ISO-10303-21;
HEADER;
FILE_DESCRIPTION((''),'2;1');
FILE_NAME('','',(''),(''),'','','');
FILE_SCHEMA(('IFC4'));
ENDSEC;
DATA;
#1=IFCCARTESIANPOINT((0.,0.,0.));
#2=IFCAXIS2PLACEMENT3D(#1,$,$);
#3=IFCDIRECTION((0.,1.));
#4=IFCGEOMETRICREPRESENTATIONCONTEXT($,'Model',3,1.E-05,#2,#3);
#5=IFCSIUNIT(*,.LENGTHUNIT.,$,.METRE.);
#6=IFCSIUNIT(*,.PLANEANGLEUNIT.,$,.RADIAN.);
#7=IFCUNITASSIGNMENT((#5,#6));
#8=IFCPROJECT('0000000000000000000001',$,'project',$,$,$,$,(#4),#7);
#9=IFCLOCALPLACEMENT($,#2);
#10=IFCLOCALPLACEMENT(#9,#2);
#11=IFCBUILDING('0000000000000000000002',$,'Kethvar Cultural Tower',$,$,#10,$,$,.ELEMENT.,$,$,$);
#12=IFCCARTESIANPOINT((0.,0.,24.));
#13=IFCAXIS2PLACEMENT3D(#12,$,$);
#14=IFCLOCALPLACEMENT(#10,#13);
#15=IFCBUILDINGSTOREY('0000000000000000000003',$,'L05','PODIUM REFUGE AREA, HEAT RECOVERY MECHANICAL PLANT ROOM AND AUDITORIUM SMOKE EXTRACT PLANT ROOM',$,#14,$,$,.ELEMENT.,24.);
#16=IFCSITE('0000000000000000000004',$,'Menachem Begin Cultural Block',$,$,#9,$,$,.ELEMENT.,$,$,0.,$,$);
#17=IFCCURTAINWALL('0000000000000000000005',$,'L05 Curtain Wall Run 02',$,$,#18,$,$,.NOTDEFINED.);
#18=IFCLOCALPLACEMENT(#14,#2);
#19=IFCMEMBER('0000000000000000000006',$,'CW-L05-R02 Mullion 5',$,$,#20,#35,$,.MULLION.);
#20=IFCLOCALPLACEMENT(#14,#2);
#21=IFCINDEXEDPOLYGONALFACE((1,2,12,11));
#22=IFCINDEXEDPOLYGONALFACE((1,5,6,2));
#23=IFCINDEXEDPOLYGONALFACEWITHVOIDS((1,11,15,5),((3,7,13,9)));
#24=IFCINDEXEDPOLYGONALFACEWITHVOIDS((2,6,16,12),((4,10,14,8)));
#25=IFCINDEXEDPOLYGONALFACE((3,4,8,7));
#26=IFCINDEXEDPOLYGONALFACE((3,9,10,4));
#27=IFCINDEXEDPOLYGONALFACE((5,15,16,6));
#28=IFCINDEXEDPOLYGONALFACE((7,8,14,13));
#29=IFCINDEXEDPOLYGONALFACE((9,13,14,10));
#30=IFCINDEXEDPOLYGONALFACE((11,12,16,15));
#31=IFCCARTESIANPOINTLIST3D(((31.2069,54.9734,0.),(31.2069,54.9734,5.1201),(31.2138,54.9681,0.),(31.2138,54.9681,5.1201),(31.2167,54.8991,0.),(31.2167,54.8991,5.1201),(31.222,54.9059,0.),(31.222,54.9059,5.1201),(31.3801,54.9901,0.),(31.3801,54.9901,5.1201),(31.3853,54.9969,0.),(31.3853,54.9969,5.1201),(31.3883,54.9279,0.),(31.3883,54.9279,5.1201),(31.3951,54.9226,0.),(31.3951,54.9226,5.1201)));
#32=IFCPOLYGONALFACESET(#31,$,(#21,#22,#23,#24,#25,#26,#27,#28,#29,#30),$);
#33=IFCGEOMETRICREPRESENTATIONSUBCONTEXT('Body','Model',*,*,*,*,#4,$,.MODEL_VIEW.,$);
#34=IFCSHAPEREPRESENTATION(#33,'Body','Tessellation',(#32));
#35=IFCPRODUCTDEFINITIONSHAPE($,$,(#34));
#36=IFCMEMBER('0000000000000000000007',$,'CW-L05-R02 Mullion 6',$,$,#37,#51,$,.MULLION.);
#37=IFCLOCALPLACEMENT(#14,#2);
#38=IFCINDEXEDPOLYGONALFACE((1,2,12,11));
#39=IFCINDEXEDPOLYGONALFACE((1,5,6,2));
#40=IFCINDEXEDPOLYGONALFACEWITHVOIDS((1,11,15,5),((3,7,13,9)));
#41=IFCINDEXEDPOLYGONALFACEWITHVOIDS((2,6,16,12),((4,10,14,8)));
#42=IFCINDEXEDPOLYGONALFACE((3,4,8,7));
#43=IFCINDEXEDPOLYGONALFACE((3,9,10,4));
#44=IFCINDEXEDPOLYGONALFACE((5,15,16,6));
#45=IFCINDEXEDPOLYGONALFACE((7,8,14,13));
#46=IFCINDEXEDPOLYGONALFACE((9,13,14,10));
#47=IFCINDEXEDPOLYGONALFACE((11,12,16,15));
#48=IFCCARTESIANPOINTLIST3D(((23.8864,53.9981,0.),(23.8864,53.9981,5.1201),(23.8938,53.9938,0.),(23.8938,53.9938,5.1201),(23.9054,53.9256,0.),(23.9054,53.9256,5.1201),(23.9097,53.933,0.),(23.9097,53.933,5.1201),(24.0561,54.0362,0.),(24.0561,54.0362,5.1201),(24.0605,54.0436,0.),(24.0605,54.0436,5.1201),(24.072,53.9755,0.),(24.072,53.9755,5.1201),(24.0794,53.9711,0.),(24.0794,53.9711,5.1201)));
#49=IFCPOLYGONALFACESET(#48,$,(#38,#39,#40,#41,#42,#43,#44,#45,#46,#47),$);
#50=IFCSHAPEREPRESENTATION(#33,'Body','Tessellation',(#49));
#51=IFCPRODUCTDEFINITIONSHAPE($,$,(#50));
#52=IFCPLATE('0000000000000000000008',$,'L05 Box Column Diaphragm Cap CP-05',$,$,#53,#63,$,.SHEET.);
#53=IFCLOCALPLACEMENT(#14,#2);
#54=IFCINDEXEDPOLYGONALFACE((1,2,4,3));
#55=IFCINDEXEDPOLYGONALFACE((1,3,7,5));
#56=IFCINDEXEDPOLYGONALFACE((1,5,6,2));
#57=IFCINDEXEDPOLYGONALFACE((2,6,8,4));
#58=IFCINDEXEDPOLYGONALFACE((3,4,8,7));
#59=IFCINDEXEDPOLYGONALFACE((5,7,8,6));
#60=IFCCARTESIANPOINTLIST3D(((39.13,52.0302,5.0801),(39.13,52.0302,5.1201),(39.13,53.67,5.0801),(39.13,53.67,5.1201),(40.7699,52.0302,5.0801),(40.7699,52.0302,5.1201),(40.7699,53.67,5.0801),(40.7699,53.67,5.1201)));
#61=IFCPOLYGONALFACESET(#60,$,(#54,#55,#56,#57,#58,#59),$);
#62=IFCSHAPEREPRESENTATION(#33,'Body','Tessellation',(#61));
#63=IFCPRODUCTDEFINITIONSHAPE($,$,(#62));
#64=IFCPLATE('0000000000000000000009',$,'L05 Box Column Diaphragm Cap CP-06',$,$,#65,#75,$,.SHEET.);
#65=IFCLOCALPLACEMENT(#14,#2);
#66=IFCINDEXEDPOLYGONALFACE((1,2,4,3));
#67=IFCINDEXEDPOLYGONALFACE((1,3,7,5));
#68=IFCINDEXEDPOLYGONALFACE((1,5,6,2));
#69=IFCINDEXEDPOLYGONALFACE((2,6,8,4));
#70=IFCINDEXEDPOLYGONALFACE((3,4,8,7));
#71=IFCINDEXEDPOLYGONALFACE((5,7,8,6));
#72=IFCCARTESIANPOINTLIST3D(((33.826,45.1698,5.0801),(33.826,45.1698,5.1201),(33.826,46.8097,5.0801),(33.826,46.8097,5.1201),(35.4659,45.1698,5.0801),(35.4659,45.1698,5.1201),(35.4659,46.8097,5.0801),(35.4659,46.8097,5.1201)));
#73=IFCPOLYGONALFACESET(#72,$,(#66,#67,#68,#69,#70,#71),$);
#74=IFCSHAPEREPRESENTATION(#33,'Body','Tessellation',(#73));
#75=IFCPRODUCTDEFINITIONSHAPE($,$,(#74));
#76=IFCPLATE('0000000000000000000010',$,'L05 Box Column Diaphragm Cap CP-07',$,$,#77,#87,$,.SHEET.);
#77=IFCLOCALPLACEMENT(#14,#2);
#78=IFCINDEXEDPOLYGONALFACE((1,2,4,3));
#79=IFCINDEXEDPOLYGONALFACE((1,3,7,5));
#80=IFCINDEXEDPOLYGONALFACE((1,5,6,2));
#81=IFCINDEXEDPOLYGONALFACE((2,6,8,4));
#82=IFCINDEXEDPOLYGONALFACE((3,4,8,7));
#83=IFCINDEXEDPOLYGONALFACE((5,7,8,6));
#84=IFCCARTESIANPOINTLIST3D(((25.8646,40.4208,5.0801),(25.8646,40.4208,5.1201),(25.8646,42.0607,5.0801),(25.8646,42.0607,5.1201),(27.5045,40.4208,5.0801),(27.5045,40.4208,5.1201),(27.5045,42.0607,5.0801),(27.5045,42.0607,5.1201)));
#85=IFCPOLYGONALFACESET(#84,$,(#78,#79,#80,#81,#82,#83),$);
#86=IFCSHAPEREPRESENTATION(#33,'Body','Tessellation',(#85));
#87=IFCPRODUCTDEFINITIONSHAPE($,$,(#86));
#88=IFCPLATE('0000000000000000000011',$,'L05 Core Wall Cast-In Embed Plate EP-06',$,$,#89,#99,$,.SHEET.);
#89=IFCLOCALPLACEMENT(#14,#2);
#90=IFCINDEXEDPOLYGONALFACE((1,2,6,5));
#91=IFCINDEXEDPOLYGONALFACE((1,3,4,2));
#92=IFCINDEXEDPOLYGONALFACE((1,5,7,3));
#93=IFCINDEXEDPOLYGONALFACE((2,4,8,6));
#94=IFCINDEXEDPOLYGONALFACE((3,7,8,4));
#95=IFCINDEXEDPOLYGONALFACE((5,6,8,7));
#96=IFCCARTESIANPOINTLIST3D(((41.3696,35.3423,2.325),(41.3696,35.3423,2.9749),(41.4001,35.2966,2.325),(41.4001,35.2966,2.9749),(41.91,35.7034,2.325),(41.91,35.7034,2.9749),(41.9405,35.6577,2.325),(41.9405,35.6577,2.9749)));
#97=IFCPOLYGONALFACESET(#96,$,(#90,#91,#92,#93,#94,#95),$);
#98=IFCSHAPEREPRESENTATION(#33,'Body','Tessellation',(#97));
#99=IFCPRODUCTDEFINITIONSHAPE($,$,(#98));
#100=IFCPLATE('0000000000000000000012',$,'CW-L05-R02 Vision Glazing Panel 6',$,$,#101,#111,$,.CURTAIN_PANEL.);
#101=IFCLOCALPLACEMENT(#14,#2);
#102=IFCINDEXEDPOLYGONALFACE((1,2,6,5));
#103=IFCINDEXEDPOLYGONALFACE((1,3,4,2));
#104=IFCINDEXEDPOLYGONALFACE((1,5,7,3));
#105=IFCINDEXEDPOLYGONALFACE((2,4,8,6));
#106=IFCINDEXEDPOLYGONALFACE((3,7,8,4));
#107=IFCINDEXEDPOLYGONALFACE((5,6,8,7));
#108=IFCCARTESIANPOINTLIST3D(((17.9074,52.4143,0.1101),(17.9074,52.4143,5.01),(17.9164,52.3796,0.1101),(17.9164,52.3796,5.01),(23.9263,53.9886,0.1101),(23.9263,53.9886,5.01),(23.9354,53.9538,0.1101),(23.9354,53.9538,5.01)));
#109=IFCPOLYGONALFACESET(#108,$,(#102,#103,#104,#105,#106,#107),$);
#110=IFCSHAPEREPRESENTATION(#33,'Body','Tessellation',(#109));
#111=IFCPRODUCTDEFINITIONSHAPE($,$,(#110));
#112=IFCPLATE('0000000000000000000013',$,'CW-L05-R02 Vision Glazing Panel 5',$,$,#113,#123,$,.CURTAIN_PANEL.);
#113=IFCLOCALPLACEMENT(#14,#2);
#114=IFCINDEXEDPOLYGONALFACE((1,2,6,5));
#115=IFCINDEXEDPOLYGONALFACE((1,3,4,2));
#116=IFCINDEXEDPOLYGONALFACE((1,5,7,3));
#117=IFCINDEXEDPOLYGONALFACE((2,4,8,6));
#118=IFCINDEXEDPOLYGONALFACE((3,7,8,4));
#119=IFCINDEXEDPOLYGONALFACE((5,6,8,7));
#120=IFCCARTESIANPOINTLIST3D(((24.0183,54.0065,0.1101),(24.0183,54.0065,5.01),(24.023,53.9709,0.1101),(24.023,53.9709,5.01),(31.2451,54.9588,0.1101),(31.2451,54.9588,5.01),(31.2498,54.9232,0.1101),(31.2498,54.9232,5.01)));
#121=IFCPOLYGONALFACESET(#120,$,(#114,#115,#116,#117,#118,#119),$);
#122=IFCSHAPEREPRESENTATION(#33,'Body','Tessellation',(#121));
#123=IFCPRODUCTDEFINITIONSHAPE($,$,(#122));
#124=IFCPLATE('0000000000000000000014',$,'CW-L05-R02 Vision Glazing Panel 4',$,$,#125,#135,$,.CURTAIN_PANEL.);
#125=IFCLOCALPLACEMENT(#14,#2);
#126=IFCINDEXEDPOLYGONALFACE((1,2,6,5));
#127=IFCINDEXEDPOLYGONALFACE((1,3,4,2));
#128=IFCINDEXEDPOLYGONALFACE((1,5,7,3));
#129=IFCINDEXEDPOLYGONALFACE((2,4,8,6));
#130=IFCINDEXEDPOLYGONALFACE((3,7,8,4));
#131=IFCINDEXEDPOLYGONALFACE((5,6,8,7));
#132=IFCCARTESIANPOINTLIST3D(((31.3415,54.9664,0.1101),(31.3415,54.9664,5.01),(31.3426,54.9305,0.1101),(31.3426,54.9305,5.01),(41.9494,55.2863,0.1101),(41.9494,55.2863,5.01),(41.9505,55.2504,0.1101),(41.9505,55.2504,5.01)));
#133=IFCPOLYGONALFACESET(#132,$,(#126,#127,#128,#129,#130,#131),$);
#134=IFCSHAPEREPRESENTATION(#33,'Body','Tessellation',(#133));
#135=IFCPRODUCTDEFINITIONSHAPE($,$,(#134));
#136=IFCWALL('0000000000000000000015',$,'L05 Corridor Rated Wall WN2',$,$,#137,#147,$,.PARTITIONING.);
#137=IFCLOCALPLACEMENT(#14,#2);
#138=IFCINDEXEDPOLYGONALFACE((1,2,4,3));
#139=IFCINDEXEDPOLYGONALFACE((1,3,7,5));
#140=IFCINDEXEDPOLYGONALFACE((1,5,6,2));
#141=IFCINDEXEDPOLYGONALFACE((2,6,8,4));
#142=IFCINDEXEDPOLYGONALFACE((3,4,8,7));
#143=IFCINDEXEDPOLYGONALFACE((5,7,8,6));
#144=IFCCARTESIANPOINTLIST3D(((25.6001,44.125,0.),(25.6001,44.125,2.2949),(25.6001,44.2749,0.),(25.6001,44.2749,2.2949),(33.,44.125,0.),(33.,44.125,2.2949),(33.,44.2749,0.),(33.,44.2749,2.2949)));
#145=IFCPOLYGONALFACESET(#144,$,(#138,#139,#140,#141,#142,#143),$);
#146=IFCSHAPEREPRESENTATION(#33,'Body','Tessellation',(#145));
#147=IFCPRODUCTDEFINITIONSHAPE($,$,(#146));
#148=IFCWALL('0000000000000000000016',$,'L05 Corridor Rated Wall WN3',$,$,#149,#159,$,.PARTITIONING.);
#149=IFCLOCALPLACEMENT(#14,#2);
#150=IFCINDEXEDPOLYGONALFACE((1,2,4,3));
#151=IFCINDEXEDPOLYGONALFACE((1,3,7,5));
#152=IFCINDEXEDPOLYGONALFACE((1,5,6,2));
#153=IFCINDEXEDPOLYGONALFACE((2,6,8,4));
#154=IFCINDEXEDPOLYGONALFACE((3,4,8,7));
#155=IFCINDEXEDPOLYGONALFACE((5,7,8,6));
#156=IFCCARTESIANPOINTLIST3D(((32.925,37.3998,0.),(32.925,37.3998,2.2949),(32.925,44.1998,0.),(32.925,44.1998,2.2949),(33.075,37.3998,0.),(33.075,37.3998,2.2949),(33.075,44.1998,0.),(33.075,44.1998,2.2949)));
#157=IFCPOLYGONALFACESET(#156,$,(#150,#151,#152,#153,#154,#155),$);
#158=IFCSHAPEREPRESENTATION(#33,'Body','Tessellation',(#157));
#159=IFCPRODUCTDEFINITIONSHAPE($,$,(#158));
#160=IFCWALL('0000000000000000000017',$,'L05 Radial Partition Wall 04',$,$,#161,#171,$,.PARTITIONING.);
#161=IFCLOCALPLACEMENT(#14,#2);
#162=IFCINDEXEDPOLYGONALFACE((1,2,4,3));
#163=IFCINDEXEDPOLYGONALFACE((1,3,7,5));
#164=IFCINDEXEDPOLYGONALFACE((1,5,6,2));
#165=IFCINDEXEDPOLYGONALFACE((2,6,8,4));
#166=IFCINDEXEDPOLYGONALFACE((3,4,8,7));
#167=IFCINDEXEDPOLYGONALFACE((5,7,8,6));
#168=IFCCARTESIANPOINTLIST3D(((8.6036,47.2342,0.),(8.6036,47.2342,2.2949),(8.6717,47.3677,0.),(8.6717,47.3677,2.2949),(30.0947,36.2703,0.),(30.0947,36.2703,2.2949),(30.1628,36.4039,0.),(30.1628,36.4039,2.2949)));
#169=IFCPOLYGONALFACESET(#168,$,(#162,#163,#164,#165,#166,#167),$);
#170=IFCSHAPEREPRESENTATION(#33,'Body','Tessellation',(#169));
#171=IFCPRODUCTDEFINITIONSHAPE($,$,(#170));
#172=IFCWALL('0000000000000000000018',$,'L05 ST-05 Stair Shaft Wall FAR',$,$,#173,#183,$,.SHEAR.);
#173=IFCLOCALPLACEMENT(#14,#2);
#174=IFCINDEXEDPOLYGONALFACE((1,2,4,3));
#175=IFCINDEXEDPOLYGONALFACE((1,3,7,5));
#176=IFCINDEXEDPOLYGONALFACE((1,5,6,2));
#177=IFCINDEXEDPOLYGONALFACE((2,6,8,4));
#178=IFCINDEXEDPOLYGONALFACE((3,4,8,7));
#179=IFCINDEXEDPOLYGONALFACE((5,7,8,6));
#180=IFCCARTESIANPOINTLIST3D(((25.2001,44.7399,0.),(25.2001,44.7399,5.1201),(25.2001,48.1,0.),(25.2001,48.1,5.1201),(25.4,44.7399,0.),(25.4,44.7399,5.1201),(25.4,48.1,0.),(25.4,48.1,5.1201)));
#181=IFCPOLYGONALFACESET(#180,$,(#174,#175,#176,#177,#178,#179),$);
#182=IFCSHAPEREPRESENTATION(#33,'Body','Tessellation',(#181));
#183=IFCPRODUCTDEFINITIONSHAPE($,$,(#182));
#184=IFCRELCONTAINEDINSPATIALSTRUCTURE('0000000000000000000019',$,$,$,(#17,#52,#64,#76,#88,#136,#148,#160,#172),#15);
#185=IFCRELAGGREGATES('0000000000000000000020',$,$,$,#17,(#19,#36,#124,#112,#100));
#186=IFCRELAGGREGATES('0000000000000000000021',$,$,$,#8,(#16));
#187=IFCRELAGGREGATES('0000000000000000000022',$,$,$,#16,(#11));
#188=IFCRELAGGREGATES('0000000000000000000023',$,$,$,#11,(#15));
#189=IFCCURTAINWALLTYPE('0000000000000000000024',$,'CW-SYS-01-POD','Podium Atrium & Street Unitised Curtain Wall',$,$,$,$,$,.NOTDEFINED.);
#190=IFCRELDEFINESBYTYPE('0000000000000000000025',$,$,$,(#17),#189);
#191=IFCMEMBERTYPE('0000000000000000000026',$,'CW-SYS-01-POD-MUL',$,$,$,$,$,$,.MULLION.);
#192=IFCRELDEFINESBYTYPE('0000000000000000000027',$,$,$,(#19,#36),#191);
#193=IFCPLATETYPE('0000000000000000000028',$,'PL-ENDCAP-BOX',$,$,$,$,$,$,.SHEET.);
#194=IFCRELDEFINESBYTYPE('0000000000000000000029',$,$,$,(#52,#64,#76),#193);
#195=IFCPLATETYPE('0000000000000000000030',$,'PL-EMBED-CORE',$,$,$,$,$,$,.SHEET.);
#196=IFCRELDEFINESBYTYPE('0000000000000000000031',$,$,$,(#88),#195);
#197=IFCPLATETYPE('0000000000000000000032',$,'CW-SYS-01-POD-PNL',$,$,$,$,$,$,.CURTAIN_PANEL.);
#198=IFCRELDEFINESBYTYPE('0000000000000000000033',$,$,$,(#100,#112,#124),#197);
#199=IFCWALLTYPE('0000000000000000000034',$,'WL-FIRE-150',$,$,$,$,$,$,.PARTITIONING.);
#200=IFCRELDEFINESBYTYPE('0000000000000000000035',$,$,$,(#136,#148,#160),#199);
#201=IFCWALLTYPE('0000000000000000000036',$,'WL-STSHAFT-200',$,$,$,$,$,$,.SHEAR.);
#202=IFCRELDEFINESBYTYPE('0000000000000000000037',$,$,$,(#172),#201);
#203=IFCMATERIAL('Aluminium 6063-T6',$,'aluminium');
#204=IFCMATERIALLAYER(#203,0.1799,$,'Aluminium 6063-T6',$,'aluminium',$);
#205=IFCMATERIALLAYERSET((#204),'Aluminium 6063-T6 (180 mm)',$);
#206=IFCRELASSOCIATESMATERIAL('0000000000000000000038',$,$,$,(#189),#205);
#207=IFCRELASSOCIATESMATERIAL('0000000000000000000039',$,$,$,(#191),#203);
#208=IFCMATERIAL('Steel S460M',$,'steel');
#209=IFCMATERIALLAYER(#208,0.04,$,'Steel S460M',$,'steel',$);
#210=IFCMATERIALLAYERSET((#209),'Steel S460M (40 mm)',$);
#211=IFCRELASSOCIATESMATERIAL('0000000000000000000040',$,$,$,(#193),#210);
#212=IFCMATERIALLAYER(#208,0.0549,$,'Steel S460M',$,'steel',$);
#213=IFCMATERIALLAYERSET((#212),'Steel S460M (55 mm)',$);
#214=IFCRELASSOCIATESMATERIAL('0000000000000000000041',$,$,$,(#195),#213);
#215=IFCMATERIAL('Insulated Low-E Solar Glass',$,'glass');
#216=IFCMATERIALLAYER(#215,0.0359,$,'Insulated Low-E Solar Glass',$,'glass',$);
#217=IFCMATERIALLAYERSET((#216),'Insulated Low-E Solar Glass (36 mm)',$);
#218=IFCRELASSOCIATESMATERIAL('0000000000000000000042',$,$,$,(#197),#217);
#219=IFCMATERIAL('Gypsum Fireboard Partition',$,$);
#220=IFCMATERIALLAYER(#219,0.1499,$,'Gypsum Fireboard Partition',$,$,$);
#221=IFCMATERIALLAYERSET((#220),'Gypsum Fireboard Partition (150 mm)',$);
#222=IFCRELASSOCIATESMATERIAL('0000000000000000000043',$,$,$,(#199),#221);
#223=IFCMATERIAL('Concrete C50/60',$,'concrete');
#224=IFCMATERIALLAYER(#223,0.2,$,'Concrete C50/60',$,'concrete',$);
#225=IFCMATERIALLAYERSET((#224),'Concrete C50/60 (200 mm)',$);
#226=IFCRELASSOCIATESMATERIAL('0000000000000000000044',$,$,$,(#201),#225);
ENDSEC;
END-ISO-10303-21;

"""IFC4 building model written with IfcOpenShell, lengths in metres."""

from ifc_helpers import new_model, si_unit, direction, frame, frame_2d, origin, origin_2d, place, context, subcontext, project, spatial, rectangle, hollow_rectangle, extrude, source, transform, mapped, material, layer, layer_set, material_profile, profile_set, type_object, element, aggregate, save


model = new_model("IFC4")

# Units and contexts
model_context = context("Model", 3, precision=1e-05, world=origin(), true_north=direction((0.0, 1.0)))
body_context = subcontext(model_context, "Body", "Model", "MODEL_VIEW")
ifc_project = project(units=[si_unit("LENGTHUNIT", "METRE"), si_unit("PLANEANGLEUNIT", "RADIAN")], contexts=[model_context])

# Site, building, storey
site_placement = place(None, origin())
site = spatial("IfcSite", under=ifc_project, at=site_placement, Name="Menachem Begin Cultural Block", CompositionType="ELEMENT", RefElevation=0.0)
building_placement = place(site_placement, origin())
building = spatial("IfcBuilding", under=site, at=building_placement, Name="Kethvar Cultural Tower", CompositionType="ELEMENT")
storey_placement = place(building_placement, frame((0.0, 0.0, 24.0)))
storey = spatial("IfcBuildingStorey", under=building, at=storey_placement, Name="L05", Description="PODIUM REFUGE AREA, HEAT RECOVERY MECHANICAL PLANT ROOM AND AUDITORIUM SMOKE EXTRACT PLANT ROOM", CompositionType="ELEMENT", Elevation=24.0)

# Shared definitions
ifc_material_1 = material(Name="Steel S460M", Category="steel")

# Curtain wall, members
ifc_material_2 = material(Name="Aluminium 6063-T6", Category="aluminium")
ifc_layer_1 = layer(ifc_material_2, 0.1799, Name="Aluminium 6063-T6", Category="aluminium")
ifc_layer_set_1 = layer_set([ifc_layer_1], Name="Aluminium 6063-T6 (180 mm)")
curtain_wall_type = type_object("IfcCurtainWallType", Name="CW-SYS-01-POD", Description="Podium Atrium & Street Unitised Curtain Wall", PredefinedType="NOTDEFINED", material=ifc_layer_set_1)
curtain_wall_placement = place(storey_placement, origin())
curtain_wall = element("IfcCurtainWall", 1, at=curtain_wall_placement, inside=storey, type_object=curtain_wall_type, Name="L05 Curtain Wall Run 02", PredefinedType="NOTDEFINED")
ifc_material_profile_1 = material_profile(ifc_material_2, hollow_rectangle(XDim=0.075, YDim=0.1799, WallThickness=0.0061, at=origin_2d()), Name="Aluminium 6063-T6 — RHS180x75x6")
ifc_profile_set_1 = profile_set([ifc_material_profile_1], Name="Aluminium 6063-T6 — RHS180x75x6")
member_type_1 = type_object("IfcMemberType", Name="CW-SYS-01-POD-MUL", PredefinedType="MULLION", material=ifc_profile_set_1)
shared_shape_1 = source(origin(), body_context, "Body", "SweptSolid", [
    extrude(hollow_rectangle(XDim=0.075, YDim=0.1799, WallThickness=0.0061, at=origin_2d()), origin(), (0.0, 0.0, 1.0), 5.1201),
])
member_1_placement = place(storey_placement, frame((31.301, 54.948, 0.0), z_axis=(0.0, 0.0, 1.0), x_axis=(0.130647, -0.991429, 0.0)))
member_1 = element("IfcMember", 2, at=member_1_placement, type_object=member_type_1, Name="CW-L05-R02 Mullion 5", PredefinedType="MULLION", context=body_context, shape_type="MappedRepresentation", body=[
    mapped(shared_shape_1, transform((0.0, 0.0, 0.0), scale=1.0)),
])
member_2_placement = place(storey_placement, frame((23.9829, 53.9846, 0.0), z_axis=(0.0, 0.0, 1.0), x_axis=(0.253032, -0.967458, 0.0)))
member_2 = element("IfcMember", 3, at=member_2_placement, type_object=member_type_1, Name="CW-L05-R02 Mullion 6", PredefinedType="MULLION", context=body_context, shape_type="MappedRepresentation", body=[
    mapped(shared_shape_1, transform((0.0, 0.0, 0.0), scale=1.0)),
])

# Plates
ifc_layer_2 = layer(ifc_material_1, 0.04, Name="Steel S460M", Category="steel")
ifc_layer_set_2 = layer_set([ifc_layer_2], Name="Steel S460M (40 mm)")
plate_type_1 = type_object("IfcPlateType", Name="PL-ENDCAP-BOX", PredefinedType="SHEET", material=ifc_layer_set_2)
shared_shape_2 = source(origin(), body_context, "Body", "SweptSolid", [
    extrude(rectangle(XDim=1.6399, YDim=1.6399, at=origin_2d()), origin(), (0.0, 0.0, 1.0), 0.04),
])
for number, where, z_axis, x_axis, name in (
    (4, (39.95, 52.8501, 5.0801), (0.0, 0.0, 1.0), (1.0, 0.0, 0.0), "L05 Box Column Diaphragm Cap CP-05"),
    (5, (34.646, 45.9897, 5.0801), (0.0, 0.0, 1.0), (1.0, 0.0, 0.0), "L05 Box Column Diaphragm Cap CP-06"),
    (6, (26.6846, 41.2407, 5.0801), (0.0, 0.0, 1.0), (1.0, 0.0, 0.0), "L05 Box Column Diaphragm Cap CP-07"),
):
    element("IfcPlate", number, at=place(storey_placement, frame(where, z_axis=z_axis, x_axis=x_axis)), inside=storey, type_object=plate_type_1, Name=name, PredefinedType="SHEET", context=body_context, shape_type="MappedRepresentation", body=[
        mapped(shared_shape_2, transform((0.0, 0.0, 0.0), scale=1.0)),
    ])
ifc_layer_3 = layer(ifc_material_1, 0.0549, Name="Steel S460M", Category="steel")
ifc_layer_set_3 = layer_set([ifc_layer_3], Name="Steel S460M (55 mm)")
plate_type_2 = type_object("IfcPlateType", Name="PL-EMBED-CORE", PredefinedType="SHEET", material=ifc_layer_set_3)
shared_shape_3 = source(origin(), body_context, "Body", "SweptSolid", [
    extrude(rectangle(XDim=0.0549, YDim=0.6499, at=origin_2d()), origin(), (0.0, 0.0, 1.0), 0.6499),
])
plate_1_placement = place(storey_placement, frame((41.655, 35.5, 2.325), z_axis=(0.0, 0.0, 1.0), x_axis=(-0.55557, 0.83147, 0.0)))
element("IfcPlate", 7, at=plate_1_placement, inside=storey, type_object=plate_type_2, Name="L05 Core Wall Cast-In Embed Plate EP-06", PredefinedType="SHEET", context=body_context, shape_type="MappedRepresentation", body=[
    mapped(shared_shape_3, transform((0.0, 0.0, 0.0), scale=1.0)),
])

# Plates
ifc_material_3 = material(Name="Insulated Low-E Solar Glass", Category="glass")
ifc_layer_4 = layer(ifc_material_3, 0.0359, Name="Insulated Low-E Solar Glass", Category="glass")
ifc_layer_set_4 = layer_set([ifc_layer_4], Name="Insulated Low-E Solar Glass (36 mm)")
plate_type_3 = type_object("IfcPlateType", Name="CW-SYS-01-POD-PNL", PredefinedType="CURTAIN_PANEL", material=ifc_layer_set_4)
shared_shape_4 = source(origin(), body_context, "Body", "SweptSolid", [
    extrude(rectangle(XDim=6.2214, YDim=0.0359, at=origin_2d()), origin(), (0.0, 0.0, 1.0), 4.8999),
])
plate_2_placement = place(storey_placement, frame((20.9214, 53.1841, 0.1101), z_axis=(0.0, 0.0, 1.0), x_axis=(-0.967458, -0.253032, 0.0)))
plate_2 = element("IfcPlate", 8, at=plate_2_placement, type_object=plate_type_3, Name="CW-L05-R02 Vision Glazing Panel 6", PredefinedType="CURTAIN_PANEL", context=body_context, shape_type="MappedRepresentation", body=[
    mapped(shared_shape_4, transform((0.0, 0.0, 0.0), scale=1.0)),
])
shared_shape_5 = source(origin(), body_context, "Body", "SweptSolid", [
    extrude(rectangle(XDim=7.2893, YDim=0.0359, at=origin_2d()), origin(), (0.0, 0.0, 1.0), 4.8999),
])
plate_3_placement = place(storey_placement, frame((27.634, 54.4648, 0.1101), z_axis=(0.0, 0.0, 1.0), x_axis=(-0.991429, -0.130647, 0.0)))
plate_3 = element("IfcPlate", 9, at=plate_3_placement, type_object=plate_type_3, Name="CW-L05-R02 Vision Glazing Panel 5", PredefinedType="CURTAIN_PANEL", context=body_context, shape_type="MappedRepresentation", body=[
    mapped(shared_shape_5, transform((0.0, 0.0, 0.0), scale=1.0)),
])
shared_shape_6 = source(origin(), body_context, "Body", "SweptSolid", [
    extrude(rectangle(XDim=10.6128, YDim=0.0359, at=origin_2d()), origin(), (0.0, 0.0, 1.0), 4.8999),
])
plate_4_placement = place(storey_placement, frame((36.646, 55.1084, 0.1101), z_axis=(0.0, 0.0, 1.0), x_axis=(-0.999546, -0.030137, 0.0)))
plate_4 = element("IfcPlate", 10, at=plate_4_placement, type_object=plate_type_3, Name="CW-L05-R02 Vision Glazing Panel 4", PredefinedType="CURTAIN_PANEL", context=body_context, shape_type="MappedRepresentation", body=[
    mapped(shared_shape_6, transform((0.0, 0.0, 0.0), scale=1.0)),
])
aggregate(curtain_wall, [member_1, member_2, plate_4, plate_3, plate_2])

# Walls
ifc_material_4 = material(Name="Gypsum Fireboard Partition")
ifc_layer_5 = layer(ifc_material_4, 0.1499, Name="Gypsum Fireboard Partition")
ifc_layer_set_5 = layer_set([ifc_layer_5], Name="Gypsum Fireboard Partition (150 mm)")
wall_type_1 = type_object("IfcWallType", Name="WL-FIRE-150", PredefinedType="PARTITIONING", material=ifc_layer_set_5)
wall_1_placement = place(storey_placement, frame((25.6001, 44.2, 0.0), z_axis=(0.0, 0.0, 1.0), x_axis=(1.0, 0.0, 0.0)))
element("IfcWall", 11, at=wall_1_placement, inside=storey, type_object=wall_type_1, Name="L05 Corridor Rated Wall WN2", PredefinedType="PARTITIONING", context=body_context, shape_type="SweptSolid", body=[
    extrude(rectangle(XDim=7.3999, YDim=0.1499, at=frame_2d((3.7, 0.0))), origin(), (0.0, 0.0, 1.0), 2.2949),
])
wall_2_placement = place(storey_placement, frame((33.0, 37.3999, 0.0), z_axis=(0.0, 0.0, 1.0), x_axis=(0.0, 1.0, 0.0)))
element("IfcWall", 12, at=wall_2_placement, inside=storey, type_object=wall_type_1, Name="L05 Corridor Rated Wall WN3", PredefinedType="PARTITIONING", context=body_context, shape_type="SweptSolid", body=[
    extrude(rectangle(XDim=6.8, YDim=0.1499, at=frame_2d((3.3999, 0.0))), origin(), (0.0, 0.0, 1.0), 2.2949),
])
wall_3_placement = place(storey_placement, frame((30.1287, 36.3372, 0.0), z_axis=(0.0, 0.0, 1.0), x_axis=(-0.890779, 0.454436, 0.0)))
element("IfcWall", 13, at=wall_3_placement, inside=storey, type_object=wall_type_1, Name="L05 Radial Partition Wall 04", PredefinedType="PARTITIONING", context=body_context, shape_type="SweptSolid", body=[
    extrude(rectangle(XDim=24.1262, YDim=0.1499, at=frame_2d((12.063, 0.0))), origin(), (0.0, 0.0, 1.0), 2.2949),
])
ifc_material_5 = material(Name="Concrete C50/60", Category="concrete")
ifc_layer_6 = layer(ifc_material_5, 0.2, Name="Concrete C50/60", Category="concrete")
ifc_layer_set_6 = layer_set([ifc_layer_6], Name="Concrete C50/60 (200 mm)")
wall_type_2 = type_object("IfcWallType", Name="WL-STSHAFT-200", PredefinedType="SHEAR", material=ifc_layer_set_6)
wall_4_placement = place(storey_placement, frame((25.3, 48.1001, 0.0), z_axis=(0.0, 0.0, 1.0), x_axis=(0.0, -1.0, 0.0)))
element("IfcWall", 14, at=wall_4_placement, inside=storey, type_object=wall_type_2, Name="L05 ST-05 Stair Shaft Wall FAR", PredefinedType="SHEAR", context=body_context, shape_type="SweptSolid", body=[
    extrude(rectangle(XDim=3.3601, YDim=0.2, at=frame_2d((1.6802, 0.0))), origin(), (0.0, 0.0, 1.0), 5.1201),
])

save(model, "model.ifc")
